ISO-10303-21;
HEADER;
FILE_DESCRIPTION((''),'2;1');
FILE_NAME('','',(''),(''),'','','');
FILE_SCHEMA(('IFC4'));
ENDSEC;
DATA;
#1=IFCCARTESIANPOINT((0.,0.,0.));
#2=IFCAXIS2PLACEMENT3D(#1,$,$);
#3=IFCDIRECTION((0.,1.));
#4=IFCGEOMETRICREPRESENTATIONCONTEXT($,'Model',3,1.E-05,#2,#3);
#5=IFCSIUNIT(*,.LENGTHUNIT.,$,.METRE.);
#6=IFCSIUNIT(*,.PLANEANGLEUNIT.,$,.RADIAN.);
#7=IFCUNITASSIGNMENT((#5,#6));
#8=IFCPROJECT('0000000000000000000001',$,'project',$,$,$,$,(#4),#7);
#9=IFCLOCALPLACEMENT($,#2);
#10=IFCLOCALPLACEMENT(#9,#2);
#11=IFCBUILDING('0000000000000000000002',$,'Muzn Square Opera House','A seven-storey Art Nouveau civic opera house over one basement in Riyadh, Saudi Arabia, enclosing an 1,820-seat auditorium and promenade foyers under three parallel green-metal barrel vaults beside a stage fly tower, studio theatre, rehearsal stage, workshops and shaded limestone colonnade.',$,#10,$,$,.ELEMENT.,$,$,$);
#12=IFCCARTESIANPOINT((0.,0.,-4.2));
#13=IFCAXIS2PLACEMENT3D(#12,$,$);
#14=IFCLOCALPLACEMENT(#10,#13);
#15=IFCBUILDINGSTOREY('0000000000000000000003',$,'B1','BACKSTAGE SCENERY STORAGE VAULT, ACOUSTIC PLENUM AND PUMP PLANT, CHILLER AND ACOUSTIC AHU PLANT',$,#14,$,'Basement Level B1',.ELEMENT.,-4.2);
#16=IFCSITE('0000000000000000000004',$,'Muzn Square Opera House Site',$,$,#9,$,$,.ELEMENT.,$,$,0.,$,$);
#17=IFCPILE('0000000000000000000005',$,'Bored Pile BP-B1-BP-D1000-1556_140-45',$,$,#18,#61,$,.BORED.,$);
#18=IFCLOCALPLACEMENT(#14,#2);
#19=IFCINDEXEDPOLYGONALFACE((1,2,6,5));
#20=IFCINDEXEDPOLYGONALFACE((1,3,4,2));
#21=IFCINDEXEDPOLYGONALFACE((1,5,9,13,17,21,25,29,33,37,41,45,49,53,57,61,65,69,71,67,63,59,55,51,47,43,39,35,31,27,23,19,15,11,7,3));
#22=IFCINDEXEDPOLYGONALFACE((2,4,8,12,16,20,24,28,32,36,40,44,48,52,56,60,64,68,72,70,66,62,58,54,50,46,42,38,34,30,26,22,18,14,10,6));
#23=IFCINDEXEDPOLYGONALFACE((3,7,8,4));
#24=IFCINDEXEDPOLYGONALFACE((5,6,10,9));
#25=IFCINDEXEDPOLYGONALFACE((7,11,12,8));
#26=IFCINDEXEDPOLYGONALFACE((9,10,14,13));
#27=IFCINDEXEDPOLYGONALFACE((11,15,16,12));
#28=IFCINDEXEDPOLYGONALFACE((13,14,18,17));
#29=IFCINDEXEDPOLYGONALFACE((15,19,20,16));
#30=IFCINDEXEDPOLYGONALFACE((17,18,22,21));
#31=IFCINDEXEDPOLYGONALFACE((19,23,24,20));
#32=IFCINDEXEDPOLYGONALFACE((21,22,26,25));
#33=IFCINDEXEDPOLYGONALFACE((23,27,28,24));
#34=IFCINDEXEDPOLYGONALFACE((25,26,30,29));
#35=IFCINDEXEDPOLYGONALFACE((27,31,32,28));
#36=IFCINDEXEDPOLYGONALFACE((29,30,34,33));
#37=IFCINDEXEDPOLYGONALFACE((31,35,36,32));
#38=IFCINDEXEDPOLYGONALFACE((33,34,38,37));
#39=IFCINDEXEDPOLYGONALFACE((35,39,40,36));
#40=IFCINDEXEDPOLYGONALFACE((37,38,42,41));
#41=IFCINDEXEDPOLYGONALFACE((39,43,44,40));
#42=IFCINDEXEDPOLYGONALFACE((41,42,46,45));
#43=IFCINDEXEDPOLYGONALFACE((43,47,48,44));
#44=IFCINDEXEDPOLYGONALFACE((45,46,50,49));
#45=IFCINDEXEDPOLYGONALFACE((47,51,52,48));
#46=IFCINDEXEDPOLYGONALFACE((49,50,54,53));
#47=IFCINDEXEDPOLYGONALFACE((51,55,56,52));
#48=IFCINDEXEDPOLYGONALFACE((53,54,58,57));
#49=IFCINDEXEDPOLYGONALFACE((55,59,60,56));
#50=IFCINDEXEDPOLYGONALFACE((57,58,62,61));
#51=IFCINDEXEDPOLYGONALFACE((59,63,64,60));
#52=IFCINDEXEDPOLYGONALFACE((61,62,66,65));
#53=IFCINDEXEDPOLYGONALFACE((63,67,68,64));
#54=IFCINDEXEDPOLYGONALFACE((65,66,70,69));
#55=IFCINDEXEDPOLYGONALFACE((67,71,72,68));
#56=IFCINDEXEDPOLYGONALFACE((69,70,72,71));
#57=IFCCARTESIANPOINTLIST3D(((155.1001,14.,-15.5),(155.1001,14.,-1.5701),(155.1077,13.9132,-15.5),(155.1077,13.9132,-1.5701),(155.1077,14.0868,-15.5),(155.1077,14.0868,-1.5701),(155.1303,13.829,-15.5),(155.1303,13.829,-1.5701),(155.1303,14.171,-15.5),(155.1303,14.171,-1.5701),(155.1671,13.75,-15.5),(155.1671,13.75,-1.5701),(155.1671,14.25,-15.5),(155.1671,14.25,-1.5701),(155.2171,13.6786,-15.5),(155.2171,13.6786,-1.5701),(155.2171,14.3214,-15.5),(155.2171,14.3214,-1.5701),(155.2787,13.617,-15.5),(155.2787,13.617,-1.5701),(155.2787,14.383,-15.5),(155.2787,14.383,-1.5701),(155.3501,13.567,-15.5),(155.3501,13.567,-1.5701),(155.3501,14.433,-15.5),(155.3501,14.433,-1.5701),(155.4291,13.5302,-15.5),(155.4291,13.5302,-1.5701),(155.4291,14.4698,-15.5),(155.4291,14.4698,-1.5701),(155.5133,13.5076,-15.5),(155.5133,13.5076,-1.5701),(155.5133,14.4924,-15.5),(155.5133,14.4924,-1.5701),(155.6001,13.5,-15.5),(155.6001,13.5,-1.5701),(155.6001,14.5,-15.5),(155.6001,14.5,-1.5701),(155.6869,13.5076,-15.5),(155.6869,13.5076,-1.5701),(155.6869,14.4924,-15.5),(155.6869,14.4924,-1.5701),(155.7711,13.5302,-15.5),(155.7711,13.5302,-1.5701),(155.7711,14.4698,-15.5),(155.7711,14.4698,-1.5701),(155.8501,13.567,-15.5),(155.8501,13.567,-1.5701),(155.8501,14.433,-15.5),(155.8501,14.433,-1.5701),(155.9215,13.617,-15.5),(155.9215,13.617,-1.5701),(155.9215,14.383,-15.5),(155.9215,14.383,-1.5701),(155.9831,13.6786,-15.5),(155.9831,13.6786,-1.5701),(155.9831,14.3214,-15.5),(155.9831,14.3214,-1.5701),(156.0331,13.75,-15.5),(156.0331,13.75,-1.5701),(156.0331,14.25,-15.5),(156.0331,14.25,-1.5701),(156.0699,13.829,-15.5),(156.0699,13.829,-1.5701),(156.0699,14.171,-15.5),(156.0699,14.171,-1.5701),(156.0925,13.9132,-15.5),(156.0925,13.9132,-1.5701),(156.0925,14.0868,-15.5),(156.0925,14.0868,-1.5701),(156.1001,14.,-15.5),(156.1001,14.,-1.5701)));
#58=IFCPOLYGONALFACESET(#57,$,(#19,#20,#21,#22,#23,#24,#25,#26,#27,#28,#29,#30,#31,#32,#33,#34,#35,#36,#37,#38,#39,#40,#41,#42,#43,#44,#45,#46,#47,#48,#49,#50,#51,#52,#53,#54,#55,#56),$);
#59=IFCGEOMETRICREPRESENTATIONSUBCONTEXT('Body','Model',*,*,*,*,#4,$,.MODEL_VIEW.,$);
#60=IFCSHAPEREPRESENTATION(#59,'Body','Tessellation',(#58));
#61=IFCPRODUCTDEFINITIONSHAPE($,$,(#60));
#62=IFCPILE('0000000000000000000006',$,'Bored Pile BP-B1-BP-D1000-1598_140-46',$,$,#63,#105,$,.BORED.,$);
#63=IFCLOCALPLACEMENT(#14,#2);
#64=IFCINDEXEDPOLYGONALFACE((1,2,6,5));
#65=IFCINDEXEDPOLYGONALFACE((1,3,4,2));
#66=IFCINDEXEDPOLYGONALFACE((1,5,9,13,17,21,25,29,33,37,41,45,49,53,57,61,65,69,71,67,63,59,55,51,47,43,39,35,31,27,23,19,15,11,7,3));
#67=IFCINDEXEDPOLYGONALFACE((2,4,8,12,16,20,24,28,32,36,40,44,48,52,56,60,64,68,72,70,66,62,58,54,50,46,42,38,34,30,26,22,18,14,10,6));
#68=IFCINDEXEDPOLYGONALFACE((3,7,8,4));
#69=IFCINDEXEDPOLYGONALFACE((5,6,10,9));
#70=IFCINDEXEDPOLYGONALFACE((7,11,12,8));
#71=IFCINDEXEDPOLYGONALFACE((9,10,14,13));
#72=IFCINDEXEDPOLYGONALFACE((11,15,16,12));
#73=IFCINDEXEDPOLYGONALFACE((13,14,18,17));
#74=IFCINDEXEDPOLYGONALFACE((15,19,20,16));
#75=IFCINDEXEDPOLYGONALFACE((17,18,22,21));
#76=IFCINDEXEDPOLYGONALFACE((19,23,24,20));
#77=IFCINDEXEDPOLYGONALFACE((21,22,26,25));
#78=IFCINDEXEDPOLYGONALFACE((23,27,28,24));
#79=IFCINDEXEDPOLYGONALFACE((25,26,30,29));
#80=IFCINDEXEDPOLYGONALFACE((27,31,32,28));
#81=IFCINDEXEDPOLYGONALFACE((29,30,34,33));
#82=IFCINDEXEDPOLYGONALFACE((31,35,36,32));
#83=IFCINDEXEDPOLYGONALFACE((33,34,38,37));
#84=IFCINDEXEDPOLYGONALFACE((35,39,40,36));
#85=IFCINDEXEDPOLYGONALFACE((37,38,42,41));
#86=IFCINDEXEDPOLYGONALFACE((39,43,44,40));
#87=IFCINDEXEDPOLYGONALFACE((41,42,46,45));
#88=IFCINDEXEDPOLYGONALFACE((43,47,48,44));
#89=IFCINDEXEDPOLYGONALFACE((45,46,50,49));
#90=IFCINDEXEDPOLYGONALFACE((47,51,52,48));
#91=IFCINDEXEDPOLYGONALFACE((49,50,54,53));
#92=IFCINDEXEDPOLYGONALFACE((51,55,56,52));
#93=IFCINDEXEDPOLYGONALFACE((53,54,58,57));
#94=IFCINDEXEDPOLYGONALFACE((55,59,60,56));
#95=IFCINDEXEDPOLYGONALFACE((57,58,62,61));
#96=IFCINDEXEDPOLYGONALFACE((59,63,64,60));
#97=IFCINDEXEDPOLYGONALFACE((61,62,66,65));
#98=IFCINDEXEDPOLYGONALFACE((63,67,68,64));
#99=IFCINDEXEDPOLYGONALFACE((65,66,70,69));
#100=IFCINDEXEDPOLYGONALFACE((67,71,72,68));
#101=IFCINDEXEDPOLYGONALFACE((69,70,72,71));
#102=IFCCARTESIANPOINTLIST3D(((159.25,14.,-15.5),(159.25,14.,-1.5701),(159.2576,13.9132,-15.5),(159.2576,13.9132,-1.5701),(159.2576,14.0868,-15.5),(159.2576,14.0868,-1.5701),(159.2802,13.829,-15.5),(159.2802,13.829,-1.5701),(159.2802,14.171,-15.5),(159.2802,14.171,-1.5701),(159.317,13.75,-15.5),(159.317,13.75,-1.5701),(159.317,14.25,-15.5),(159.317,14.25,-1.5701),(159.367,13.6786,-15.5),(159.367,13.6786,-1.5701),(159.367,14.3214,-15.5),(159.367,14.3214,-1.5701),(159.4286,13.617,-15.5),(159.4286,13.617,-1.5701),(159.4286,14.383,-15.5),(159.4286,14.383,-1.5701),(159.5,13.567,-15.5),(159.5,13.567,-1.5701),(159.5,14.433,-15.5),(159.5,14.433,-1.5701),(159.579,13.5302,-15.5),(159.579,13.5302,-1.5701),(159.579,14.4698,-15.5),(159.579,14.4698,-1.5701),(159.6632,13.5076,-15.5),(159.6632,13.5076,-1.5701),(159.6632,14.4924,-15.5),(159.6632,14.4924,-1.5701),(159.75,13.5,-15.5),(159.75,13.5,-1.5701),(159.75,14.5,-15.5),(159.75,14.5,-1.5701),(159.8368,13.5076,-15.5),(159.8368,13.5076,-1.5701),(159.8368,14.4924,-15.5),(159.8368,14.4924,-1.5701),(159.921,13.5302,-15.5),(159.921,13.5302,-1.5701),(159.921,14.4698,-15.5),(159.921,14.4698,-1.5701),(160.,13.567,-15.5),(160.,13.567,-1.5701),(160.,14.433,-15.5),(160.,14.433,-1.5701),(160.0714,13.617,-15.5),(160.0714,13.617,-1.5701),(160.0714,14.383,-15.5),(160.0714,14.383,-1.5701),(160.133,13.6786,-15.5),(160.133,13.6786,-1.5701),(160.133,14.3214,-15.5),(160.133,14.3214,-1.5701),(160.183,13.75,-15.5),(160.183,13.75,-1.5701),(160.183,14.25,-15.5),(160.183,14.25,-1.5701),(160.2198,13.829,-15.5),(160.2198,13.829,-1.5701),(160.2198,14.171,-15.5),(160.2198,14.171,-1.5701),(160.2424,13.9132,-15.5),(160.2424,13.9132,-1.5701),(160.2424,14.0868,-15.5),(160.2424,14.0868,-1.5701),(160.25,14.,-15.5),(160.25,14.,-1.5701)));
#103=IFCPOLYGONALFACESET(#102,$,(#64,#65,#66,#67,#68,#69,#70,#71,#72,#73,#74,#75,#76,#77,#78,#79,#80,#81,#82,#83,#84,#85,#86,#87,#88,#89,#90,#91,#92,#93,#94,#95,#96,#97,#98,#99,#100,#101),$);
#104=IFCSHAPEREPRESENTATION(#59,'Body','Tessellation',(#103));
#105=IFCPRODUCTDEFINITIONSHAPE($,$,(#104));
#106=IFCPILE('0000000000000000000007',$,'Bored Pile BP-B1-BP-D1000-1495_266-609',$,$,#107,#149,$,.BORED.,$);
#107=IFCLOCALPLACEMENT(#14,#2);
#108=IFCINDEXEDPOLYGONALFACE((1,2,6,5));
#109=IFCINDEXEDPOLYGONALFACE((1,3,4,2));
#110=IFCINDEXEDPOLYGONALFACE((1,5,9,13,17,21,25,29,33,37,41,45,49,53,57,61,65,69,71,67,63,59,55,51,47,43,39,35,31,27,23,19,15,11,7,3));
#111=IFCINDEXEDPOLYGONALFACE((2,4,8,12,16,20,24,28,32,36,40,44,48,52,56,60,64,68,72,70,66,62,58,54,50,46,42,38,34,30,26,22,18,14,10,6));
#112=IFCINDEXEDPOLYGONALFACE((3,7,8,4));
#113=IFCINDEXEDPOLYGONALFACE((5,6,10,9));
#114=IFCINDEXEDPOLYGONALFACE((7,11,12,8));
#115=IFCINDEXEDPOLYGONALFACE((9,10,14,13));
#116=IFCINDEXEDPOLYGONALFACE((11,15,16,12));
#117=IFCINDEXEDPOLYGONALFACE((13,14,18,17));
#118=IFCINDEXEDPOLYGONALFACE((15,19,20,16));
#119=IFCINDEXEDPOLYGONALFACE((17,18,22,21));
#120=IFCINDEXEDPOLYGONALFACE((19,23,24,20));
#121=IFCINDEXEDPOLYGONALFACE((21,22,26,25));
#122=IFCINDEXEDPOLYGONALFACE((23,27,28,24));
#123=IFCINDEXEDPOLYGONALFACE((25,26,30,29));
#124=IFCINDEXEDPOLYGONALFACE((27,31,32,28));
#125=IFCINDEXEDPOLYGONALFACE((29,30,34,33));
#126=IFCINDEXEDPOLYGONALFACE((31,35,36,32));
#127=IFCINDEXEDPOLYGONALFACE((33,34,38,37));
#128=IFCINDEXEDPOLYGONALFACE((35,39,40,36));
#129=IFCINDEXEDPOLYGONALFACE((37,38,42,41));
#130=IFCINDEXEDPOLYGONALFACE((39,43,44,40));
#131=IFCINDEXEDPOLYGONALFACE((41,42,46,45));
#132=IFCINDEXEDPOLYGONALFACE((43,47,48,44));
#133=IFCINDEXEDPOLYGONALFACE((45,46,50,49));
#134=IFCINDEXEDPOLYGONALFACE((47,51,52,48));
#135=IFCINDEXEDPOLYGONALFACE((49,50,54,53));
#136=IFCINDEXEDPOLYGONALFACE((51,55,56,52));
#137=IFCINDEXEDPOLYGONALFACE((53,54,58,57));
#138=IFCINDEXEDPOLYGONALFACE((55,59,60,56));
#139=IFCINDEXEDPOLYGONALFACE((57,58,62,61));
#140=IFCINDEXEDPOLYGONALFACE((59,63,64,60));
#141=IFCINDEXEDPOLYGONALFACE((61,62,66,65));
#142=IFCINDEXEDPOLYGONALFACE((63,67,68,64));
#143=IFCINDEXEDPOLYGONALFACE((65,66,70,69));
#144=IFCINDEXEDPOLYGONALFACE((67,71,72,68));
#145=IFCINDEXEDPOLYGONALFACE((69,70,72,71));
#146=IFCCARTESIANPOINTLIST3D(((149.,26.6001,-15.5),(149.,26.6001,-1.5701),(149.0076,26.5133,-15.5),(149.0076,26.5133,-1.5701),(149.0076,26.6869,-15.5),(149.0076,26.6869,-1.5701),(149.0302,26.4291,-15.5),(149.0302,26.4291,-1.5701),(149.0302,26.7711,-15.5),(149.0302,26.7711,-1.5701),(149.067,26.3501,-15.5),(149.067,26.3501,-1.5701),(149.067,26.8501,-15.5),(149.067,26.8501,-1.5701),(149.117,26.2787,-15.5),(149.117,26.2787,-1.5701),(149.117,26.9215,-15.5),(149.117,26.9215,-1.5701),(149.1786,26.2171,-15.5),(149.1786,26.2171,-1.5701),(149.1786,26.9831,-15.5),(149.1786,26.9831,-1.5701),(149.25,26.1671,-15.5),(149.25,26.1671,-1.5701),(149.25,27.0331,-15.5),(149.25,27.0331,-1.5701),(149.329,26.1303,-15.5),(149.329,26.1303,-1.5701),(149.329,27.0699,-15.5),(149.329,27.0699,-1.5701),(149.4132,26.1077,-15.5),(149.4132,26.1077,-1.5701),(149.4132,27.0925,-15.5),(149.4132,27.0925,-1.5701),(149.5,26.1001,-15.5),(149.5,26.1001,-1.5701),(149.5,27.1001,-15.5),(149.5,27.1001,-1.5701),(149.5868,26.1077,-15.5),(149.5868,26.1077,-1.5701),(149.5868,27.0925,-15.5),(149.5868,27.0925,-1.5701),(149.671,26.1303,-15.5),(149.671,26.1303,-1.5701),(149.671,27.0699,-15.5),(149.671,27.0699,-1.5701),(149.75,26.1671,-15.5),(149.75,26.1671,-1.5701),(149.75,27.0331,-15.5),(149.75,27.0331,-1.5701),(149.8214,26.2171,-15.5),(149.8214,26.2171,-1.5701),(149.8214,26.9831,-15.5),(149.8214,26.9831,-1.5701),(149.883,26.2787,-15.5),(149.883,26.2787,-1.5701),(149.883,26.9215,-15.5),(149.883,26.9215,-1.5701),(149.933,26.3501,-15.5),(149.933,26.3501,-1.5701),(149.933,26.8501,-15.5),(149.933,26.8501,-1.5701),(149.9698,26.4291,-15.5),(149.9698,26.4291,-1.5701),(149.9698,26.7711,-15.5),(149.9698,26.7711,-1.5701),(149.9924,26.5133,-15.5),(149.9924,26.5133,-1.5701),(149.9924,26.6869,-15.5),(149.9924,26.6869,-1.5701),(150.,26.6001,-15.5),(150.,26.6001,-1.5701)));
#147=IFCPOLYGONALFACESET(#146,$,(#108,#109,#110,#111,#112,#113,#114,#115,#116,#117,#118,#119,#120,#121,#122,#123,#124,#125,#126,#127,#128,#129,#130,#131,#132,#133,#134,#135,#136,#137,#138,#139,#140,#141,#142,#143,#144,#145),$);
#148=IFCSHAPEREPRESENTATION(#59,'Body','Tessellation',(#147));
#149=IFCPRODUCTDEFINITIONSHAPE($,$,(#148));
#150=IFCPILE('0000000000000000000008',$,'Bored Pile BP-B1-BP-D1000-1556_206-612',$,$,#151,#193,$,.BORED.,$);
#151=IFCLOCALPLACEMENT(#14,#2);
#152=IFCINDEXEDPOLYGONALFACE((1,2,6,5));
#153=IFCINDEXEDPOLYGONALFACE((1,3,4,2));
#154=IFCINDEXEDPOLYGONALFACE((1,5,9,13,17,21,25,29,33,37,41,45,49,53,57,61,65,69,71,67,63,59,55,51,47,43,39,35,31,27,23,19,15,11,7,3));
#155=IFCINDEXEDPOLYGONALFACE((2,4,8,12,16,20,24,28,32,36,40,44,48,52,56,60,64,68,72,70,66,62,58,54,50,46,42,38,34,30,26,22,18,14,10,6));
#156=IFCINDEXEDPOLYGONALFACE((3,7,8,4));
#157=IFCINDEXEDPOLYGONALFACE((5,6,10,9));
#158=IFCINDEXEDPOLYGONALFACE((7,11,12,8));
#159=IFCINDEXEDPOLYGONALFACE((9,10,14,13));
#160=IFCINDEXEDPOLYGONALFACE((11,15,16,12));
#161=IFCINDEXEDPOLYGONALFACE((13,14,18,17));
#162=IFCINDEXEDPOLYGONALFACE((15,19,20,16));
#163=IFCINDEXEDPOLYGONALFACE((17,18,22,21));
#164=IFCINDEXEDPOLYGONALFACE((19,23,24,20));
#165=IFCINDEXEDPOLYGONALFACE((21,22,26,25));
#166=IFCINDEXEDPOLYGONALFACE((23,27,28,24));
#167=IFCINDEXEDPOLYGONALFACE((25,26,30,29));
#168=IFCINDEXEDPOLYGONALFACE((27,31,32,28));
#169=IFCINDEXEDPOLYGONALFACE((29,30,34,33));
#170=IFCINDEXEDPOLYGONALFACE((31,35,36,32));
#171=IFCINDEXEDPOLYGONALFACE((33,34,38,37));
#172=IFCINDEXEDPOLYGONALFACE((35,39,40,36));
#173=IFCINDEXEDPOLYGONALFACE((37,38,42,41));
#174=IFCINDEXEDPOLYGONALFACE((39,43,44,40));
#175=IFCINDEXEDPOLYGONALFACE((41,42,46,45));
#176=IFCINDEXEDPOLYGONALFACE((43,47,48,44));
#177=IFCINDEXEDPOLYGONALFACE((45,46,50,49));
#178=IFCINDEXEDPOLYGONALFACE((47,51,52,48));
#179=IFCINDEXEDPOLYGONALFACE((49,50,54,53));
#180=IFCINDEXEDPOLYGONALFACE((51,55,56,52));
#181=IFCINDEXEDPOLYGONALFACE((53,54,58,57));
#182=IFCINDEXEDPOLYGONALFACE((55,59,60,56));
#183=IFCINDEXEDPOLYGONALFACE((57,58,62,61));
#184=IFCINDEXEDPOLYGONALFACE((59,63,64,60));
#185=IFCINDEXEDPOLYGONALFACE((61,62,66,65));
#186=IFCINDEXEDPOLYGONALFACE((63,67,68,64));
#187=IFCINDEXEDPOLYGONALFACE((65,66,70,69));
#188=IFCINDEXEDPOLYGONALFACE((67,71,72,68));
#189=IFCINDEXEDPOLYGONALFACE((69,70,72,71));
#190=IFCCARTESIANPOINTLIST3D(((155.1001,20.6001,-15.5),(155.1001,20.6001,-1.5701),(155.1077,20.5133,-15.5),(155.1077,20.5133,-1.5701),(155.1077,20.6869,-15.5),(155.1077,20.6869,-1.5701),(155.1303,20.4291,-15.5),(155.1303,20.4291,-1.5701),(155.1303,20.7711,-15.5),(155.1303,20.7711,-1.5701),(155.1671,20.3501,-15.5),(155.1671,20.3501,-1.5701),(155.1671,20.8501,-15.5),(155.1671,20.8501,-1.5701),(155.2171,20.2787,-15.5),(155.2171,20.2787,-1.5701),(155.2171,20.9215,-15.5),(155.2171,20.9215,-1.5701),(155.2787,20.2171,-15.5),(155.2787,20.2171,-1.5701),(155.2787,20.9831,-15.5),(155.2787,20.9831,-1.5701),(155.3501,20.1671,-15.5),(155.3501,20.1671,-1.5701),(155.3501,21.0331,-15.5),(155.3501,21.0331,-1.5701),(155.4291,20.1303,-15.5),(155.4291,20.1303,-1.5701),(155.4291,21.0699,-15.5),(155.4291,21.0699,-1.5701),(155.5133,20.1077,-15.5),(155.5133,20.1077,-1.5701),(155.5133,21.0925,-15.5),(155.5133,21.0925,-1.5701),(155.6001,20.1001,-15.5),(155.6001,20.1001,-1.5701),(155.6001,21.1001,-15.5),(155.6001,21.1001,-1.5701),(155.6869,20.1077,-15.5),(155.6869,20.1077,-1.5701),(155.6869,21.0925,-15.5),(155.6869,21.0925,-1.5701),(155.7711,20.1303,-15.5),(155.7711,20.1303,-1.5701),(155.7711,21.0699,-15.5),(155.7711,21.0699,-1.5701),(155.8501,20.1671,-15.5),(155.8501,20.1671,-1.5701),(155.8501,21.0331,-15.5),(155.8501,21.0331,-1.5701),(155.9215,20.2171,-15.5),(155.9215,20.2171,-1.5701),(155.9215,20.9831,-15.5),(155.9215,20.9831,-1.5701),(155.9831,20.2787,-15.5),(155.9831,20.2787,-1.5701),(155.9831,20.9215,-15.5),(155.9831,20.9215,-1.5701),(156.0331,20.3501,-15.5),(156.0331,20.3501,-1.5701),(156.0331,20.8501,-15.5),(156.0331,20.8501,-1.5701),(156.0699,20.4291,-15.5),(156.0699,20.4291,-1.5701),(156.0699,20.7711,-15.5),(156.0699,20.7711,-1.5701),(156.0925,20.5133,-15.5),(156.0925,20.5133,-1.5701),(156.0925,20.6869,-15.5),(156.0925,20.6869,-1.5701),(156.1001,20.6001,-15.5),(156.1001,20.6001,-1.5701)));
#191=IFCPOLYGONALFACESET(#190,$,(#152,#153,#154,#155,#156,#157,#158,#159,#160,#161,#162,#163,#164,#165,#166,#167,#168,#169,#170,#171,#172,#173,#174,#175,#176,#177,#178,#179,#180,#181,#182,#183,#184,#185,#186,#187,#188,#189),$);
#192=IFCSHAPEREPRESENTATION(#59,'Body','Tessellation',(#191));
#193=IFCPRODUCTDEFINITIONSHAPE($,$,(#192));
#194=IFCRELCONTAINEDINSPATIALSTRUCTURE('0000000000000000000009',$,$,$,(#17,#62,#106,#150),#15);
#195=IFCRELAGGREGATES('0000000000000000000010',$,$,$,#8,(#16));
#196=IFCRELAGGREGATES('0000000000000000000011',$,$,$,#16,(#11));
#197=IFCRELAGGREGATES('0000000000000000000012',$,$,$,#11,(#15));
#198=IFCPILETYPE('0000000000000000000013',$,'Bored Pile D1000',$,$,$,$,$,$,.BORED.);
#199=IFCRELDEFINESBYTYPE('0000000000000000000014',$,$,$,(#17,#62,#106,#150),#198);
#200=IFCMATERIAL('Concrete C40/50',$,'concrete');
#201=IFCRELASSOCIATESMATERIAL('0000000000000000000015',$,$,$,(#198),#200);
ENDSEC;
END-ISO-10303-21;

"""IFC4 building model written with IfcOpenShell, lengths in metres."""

from ifc_helpers import new_model, si_unit, direction, frame, origin, origin_2d, place, context, subcontext, project, spatial, circle, extrude, material, material_profile, profile_set, type_object, element, save


model = new_model("IFC4")

# Units and contexts
model_context = context("Model", 3, precision=1e-05, world=origin(), true_north=direction((0.0, 1.0)))
body_context = subcontext(model_context, "Body", "Model", "MODEL_VIEW")
ifc_project = project(units=[si_unit("LENGTHUNIT", "METRE"), si_unit("PLANEANGLEUNIT", "RADIAN")], contexts=[model_context])

# Site, building, storey
site_placement = place(None, origin())
site = spatial("IfcSite", under=ifc_project, at=site_placement, Name="Muzn Square Opera House Site", CompositionType="ELEMENT", RefElevation=0.0)
building_placement = place(site_placement, origin())
building = spatial("IfcBuilding", under=site, at=building_placement, Name="Muzn Square Opera House", Description="A seven-storey Art Nouveau civic opera house over one basement in Riyadh, Saudi Arabia, enclosing an 1,820-seat auditorium and promenade foyers under three parallel green-metal barrel vaults beside a stage fly tower, studio theatre, rehearsal stage, workshops and shaded limestone colonnade.", CompositionType="ELEMENT")
storey_placement = place(building_placement, frame((0.0, 0.0, -4.2)))
storey = spatial("IfcBuildingStorey", under=building, at=storey_placement, Name="B1", Description="BACKSTAGE SCENERY STORAGE VAULT, ACOUSTIC PLENUM AND PUMP PLANT, CHILLER AND ACOUSTIC AHU PLANT", LongName="Basement Level B1", CompositionType="ELEMENT", Elevation=-4.2)

# Piles
ifc_material_1 = material(Name="Concrete C40/50", Category="concrete")
ifc_material_profile_1 = material_profile(ifc_material_1, circle(Radius=0.5, at=origin_2d()), Name="BORED PILE D1000", Category="concrete")
ifc_profile_set_1 = profile_set([ifc_material_profile_1], Name="Concrete C40/50")
pile_type = type_object("IfcPileType", Name="Bored Pile D1000", PredefinedType="BORED", material=ifc_profile_set_1)
for number, where, z_axis, x_axis, name in (
    (1, (155.6001, 14.0, -1.5701), (0.0, 0.0, -1.0), (1.0, 0.0, 0.0), "Bored Pile BP-B1-BP-D1000-1556_140-45"),
    (2, (159.75, 14.0, -1.5701), (0.0, 0.0, -1.0), (1.0, 0.0, 0.0), "Bored Pile BP-B1-BP-D1000-1598_140-46"),
    (3, (149.5, 26.6001, -1.5701), (0.0, 0.0, -1.0), (1.0, 0.0, 0.0), "Bored Pile BP-B1-BP-D1000-1495_266-609"),
    (4, (155.6001, 20.6001, -1.5701), (0.0, 0.0, -1.0), (1.0, 0.0, 0.0), "Bored Pile BP-B1-BP-D1000-1556_206-612"),
):
    element("IfcPile", number, at=place(storey_placement, frame(where, z_axis=z_axis, x_axis=x_axis)), inside=storey, type_object=pile_type, Name=name, PredefinedType="BORED", context=body_context, shape_type="SweptSolid", body=[
        extrude(circle(Radius=0.5, at=origin_2d()), origin(), (0.0, 0.0, 1.0), 13.9299),
    ])

save(model, "model.ifc")
